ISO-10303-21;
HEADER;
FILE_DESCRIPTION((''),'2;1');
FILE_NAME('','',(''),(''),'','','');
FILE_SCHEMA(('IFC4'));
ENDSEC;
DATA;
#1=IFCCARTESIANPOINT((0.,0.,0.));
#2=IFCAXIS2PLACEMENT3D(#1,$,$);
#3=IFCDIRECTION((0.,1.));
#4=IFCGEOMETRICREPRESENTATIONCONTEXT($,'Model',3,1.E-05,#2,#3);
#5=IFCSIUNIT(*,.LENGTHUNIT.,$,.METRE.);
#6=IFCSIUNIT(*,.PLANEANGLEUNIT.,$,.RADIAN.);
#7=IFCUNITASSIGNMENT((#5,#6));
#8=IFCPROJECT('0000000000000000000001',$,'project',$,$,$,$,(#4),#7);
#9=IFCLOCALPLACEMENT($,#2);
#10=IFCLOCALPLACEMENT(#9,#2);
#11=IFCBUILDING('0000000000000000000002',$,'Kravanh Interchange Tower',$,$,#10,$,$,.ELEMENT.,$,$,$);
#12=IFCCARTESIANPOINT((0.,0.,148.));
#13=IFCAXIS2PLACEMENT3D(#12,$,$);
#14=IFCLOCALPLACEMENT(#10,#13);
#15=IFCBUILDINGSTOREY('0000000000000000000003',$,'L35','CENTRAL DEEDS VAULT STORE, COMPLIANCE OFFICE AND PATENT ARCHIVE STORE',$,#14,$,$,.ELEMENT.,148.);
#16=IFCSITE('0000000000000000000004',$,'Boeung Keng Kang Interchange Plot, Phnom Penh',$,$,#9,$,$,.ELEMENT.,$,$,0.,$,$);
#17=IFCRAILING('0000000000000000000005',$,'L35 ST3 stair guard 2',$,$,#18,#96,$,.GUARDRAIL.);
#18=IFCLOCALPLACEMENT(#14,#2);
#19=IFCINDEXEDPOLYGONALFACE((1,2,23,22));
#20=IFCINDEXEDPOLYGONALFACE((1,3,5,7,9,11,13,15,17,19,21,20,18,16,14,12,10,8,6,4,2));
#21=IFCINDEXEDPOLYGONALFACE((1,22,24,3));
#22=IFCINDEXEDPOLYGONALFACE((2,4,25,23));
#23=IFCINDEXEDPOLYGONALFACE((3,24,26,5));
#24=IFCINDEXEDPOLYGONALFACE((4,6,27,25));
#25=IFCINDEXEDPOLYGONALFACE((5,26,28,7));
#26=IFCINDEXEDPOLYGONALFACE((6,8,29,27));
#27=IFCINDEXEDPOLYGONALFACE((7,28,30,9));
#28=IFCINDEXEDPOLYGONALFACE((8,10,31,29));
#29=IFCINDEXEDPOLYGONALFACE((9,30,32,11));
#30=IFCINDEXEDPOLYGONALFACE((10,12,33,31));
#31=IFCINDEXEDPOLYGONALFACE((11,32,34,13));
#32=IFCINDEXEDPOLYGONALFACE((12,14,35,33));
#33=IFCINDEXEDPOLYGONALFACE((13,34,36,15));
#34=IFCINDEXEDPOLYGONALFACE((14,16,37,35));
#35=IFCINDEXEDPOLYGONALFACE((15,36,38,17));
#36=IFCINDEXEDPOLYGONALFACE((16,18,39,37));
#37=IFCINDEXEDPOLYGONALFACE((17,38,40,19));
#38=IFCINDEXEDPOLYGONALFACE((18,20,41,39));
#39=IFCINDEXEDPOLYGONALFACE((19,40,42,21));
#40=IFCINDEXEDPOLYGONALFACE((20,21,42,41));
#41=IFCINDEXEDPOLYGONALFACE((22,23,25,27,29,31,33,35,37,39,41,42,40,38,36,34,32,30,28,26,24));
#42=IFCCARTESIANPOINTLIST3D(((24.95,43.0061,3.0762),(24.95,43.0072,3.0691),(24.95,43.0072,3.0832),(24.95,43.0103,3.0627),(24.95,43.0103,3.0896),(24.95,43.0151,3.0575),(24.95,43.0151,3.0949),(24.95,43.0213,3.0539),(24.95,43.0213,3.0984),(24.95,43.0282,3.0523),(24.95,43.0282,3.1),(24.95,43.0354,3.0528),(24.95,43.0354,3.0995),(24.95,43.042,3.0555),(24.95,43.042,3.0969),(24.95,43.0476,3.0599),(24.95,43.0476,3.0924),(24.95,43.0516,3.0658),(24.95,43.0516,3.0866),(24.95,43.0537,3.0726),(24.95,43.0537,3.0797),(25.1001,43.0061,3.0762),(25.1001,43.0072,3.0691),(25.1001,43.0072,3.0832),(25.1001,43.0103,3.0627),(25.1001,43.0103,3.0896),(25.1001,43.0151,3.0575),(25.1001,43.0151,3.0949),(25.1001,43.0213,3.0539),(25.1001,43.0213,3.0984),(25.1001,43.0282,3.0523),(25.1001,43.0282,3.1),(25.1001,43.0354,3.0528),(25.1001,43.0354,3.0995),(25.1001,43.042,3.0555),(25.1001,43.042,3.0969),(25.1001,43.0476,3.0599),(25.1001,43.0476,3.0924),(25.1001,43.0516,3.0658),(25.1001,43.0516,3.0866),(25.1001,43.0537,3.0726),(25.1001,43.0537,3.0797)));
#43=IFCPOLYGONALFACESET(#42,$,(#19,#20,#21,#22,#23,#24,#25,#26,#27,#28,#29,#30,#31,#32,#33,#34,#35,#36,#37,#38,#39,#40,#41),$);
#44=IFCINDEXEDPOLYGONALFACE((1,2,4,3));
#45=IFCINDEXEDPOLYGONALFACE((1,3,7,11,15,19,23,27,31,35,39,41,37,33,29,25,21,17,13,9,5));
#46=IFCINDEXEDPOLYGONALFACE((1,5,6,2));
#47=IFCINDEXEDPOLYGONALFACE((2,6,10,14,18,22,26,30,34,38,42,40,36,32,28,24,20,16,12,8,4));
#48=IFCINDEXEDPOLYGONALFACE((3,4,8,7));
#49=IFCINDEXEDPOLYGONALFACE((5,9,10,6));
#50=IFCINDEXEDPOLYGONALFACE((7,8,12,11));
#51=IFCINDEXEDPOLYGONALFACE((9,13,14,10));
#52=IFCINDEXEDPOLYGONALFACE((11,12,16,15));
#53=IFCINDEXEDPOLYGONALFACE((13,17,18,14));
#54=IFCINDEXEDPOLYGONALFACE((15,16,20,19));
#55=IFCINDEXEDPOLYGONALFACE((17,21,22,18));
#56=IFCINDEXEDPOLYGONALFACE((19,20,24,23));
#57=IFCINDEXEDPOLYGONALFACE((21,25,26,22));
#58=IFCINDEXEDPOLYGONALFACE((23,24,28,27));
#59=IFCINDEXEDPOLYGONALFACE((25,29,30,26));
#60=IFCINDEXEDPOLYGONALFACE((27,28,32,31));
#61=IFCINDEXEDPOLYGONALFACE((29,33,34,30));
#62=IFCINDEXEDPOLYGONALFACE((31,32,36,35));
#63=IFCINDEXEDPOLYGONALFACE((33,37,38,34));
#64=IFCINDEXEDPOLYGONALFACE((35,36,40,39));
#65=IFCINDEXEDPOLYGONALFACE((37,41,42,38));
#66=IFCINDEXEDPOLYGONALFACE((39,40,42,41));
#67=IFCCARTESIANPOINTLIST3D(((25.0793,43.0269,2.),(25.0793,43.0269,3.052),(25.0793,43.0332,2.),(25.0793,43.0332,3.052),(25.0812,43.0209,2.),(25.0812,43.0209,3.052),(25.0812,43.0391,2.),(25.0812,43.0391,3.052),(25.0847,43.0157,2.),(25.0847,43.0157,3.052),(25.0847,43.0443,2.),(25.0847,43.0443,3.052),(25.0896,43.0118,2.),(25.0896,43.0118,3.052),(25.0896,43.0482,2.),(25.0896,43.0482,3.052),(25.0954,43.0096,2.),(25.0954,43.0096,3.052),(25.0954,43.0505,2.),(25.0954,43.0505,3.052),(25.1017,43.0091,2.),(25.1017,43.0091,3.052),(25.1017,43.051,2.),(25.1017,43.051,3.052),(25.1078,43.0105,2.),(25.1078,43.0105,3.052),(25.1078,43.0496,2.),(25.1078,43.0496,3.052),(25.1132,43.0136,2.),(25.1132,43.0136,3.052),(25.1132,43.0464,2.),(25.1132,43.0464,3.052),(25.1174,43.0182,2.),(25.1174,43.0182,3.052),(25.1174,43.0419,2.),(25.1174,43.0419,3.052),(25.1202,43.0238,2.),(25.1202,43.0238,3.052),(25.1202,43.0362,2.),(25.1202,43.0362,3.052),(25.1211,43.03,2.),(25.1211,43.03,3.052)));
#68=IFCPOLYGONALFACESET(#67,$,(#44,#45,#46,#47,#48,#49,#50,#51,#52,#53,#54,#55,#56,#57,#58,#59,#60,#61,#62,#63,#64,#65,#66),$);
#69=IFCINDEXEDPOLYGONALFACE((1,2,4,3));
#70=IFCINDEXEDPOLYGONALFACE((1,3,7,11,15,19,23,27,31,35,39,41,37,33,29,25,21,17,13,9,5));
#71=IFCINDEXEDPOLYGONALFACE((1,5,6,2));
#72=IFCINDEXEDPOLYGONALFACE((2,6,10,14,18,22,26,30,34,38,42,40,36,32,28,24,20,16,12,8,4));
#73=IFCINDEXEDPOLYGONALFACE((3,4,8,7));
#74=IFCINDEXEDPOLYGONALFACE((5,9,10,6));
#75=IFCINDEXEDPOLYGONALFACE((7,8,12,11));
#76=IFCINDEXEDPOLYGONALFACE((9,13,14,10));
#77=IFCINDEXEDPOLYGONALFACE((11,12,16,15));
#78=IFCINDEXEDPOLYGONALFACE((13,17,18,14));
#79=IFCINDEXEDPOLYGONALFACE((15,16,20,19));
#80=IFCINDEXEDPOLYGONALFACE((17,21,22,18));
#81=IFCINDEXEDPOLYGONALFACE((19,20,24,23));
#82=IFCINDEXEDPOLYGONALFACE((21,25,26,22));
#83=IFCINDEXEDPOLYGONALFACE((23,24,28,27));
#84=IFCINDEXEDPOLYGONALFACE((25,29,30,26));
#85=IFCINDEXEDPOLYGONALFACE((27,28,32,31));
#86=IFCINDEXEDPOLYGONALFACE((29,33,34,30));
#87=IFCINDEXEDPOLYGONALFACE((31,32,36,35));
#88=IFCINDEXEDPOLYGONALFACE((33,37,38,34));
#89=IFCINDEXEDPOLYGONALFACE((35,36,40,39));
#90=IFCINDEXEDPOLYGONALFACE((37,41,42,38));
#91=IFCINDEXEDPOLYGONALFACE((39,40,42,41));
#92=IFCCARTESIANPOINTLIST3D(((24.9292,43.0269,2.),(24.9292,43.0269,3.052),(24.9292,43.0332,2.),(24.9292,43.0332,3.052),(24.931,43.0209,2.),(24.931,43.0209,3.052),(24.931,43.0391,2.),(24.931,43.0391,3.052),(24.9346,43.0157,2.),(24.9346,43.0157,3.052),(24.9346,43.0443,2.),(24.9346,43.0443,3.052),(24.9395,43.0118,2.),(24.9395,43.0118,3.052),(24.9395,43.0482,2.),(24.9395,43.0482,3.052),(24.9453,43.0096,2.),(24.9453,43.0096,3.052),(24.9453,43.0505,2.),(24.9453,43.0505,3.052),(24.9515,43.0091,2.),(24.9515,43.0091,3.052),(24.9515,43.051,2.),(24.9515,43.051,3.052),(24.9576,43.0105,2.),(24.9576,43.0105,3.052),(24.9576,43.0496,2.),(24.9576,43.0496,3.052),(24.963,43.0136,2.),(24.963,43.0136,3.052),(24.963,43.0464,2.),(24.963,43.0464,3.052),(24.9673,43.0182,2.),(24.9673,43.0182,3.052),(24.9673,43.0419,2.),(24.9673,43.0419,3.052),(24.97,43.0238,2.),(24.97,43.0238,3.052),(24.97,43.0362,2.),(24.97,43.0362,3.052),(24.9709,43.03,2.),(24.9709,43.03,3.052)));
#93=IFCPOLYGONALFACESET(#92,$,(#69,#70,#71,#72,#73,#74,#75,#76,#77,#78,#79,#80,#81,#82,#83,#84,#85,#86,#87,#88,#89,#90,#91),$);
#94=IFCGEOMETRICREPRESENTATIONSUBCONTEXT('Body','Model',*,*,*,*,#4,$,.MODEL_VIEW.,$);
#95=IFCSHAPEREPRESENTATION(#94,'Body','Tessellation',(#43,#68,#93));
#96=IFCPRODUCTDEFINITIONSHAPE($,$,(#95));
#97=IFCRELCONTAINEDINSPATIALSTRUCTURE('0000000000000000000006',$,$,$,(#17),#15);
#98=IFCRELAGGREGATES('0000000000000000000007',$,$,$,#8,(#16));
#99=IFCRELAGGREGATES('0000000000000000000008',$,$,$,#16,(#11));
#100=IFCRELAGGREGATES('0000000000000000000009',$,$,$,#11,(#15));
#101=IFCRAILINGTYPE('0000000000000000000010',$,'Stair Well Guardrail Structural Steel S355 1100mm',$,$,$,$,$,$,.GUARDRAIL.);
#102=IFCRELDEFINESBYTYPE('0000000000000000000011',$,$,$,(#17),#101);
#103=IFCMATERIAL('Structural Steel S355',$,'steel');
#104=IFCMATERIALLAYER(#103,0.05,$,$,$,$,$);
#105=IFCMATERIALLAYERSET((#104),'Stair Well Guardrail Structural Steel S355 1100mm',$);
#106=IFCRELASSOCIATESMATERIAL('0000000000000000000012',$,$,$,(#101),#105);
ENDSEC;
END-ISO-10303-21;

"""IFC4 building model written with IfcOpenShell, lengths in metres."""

from ifc_helpers import new_model, si_unit, direction, frame, origin, origin_2d, place, context, subcontext, project, spatial, circle, extrude, material, layer, layer_set, type_object, element, save


model = new_model("IFC4")

# Units and contexts
model_context = context("Model", 3, precision=1e-05, world=origin(), true_north=direction((0.0, 1.0)))
body_context = subcontext(model_context, "Body", "Model", "MODEL_VIEW")
ifc_project = project(units=[si_unit("LENGTHUNIT", "METRE"), si_unit("PLANEANGLEUNIT", "RADIAN")], contexts=[model_context])

# Site, building, storey
site_placement = place(None, origin())
site = spatial("IfcSite", under=ifc_project, at=site_placement, Name="Boeung Keng Kang Interchange Plot, Phnom Penh", CompositionType="ELEMENT", RefElevation=0.0)
building_placement = place(site_placement, origin())
building = spatial("IfcBuilding", under=site, at=building_placement, Name="Kravanh Interchange Tower", CompositionType="ELEMENT")
storey_placement = place(building_placement, frame((0.0, 0.0, 148.0)))
storey = spatial("IfcBuildingStorey", under=building, at=storey_placement, Name="L35", Description="CENTRAL DEEDS VAULT STORE, COMPLIANCE OFFICE AND PATENT ARCHIVE STORE", CompositionType="ELEMENT", Elevation=148.0)

# Railing
ifc_material_1 = material(Name="Structural Steel S355", Category="steel")
ifc_layer_1 = layer(ifc_material_1, 0.05)
ifc_layer_set_1 = layer_set([ifc_layer_1], Name="Stair Well Guardrail Structural Steel S355 1100mm")
railing_type_1 = type_object("IfcRailingType", Name="Stair Well Guardrail Structural Steel S355 1100mm", PredefinedType="GUARDRAIL", material=ifc_layer_set_1)
railing_1_placement = place(storey_placement, frame((25.1001, 43.03, 2.0)))
element("IfcRailing", 1, at=railing_1_placement, inside=storey, type_object=railing_type_1, Name="L35 ST3 stair guard 2", PredefinedType="GUARDRAIL", context=body_context, shape_type="SweptSolid", body=[
    extrude(circle(Radius=0.0239, at=origin_2d()), frame((0.0, 0.0, 1.0762), z_axis=(-1.0, 0.0, 0.0), x_axis=(0.0, -1.0, 0.0)), (0.0, 0.0, 1.0), 0.1501),
    extrude(circle(Radius=0.021, at=origin_2d()), origin(), (0.0, 0.0, 1.0), 1.052),
    extrude(circle(Radius=0.021, at=origin_2d()), frame((-0.1501, 0.0, 0.0)), (0.0, 0.0, 1.0), 1.052),
])

save(model, "model.ifc")
